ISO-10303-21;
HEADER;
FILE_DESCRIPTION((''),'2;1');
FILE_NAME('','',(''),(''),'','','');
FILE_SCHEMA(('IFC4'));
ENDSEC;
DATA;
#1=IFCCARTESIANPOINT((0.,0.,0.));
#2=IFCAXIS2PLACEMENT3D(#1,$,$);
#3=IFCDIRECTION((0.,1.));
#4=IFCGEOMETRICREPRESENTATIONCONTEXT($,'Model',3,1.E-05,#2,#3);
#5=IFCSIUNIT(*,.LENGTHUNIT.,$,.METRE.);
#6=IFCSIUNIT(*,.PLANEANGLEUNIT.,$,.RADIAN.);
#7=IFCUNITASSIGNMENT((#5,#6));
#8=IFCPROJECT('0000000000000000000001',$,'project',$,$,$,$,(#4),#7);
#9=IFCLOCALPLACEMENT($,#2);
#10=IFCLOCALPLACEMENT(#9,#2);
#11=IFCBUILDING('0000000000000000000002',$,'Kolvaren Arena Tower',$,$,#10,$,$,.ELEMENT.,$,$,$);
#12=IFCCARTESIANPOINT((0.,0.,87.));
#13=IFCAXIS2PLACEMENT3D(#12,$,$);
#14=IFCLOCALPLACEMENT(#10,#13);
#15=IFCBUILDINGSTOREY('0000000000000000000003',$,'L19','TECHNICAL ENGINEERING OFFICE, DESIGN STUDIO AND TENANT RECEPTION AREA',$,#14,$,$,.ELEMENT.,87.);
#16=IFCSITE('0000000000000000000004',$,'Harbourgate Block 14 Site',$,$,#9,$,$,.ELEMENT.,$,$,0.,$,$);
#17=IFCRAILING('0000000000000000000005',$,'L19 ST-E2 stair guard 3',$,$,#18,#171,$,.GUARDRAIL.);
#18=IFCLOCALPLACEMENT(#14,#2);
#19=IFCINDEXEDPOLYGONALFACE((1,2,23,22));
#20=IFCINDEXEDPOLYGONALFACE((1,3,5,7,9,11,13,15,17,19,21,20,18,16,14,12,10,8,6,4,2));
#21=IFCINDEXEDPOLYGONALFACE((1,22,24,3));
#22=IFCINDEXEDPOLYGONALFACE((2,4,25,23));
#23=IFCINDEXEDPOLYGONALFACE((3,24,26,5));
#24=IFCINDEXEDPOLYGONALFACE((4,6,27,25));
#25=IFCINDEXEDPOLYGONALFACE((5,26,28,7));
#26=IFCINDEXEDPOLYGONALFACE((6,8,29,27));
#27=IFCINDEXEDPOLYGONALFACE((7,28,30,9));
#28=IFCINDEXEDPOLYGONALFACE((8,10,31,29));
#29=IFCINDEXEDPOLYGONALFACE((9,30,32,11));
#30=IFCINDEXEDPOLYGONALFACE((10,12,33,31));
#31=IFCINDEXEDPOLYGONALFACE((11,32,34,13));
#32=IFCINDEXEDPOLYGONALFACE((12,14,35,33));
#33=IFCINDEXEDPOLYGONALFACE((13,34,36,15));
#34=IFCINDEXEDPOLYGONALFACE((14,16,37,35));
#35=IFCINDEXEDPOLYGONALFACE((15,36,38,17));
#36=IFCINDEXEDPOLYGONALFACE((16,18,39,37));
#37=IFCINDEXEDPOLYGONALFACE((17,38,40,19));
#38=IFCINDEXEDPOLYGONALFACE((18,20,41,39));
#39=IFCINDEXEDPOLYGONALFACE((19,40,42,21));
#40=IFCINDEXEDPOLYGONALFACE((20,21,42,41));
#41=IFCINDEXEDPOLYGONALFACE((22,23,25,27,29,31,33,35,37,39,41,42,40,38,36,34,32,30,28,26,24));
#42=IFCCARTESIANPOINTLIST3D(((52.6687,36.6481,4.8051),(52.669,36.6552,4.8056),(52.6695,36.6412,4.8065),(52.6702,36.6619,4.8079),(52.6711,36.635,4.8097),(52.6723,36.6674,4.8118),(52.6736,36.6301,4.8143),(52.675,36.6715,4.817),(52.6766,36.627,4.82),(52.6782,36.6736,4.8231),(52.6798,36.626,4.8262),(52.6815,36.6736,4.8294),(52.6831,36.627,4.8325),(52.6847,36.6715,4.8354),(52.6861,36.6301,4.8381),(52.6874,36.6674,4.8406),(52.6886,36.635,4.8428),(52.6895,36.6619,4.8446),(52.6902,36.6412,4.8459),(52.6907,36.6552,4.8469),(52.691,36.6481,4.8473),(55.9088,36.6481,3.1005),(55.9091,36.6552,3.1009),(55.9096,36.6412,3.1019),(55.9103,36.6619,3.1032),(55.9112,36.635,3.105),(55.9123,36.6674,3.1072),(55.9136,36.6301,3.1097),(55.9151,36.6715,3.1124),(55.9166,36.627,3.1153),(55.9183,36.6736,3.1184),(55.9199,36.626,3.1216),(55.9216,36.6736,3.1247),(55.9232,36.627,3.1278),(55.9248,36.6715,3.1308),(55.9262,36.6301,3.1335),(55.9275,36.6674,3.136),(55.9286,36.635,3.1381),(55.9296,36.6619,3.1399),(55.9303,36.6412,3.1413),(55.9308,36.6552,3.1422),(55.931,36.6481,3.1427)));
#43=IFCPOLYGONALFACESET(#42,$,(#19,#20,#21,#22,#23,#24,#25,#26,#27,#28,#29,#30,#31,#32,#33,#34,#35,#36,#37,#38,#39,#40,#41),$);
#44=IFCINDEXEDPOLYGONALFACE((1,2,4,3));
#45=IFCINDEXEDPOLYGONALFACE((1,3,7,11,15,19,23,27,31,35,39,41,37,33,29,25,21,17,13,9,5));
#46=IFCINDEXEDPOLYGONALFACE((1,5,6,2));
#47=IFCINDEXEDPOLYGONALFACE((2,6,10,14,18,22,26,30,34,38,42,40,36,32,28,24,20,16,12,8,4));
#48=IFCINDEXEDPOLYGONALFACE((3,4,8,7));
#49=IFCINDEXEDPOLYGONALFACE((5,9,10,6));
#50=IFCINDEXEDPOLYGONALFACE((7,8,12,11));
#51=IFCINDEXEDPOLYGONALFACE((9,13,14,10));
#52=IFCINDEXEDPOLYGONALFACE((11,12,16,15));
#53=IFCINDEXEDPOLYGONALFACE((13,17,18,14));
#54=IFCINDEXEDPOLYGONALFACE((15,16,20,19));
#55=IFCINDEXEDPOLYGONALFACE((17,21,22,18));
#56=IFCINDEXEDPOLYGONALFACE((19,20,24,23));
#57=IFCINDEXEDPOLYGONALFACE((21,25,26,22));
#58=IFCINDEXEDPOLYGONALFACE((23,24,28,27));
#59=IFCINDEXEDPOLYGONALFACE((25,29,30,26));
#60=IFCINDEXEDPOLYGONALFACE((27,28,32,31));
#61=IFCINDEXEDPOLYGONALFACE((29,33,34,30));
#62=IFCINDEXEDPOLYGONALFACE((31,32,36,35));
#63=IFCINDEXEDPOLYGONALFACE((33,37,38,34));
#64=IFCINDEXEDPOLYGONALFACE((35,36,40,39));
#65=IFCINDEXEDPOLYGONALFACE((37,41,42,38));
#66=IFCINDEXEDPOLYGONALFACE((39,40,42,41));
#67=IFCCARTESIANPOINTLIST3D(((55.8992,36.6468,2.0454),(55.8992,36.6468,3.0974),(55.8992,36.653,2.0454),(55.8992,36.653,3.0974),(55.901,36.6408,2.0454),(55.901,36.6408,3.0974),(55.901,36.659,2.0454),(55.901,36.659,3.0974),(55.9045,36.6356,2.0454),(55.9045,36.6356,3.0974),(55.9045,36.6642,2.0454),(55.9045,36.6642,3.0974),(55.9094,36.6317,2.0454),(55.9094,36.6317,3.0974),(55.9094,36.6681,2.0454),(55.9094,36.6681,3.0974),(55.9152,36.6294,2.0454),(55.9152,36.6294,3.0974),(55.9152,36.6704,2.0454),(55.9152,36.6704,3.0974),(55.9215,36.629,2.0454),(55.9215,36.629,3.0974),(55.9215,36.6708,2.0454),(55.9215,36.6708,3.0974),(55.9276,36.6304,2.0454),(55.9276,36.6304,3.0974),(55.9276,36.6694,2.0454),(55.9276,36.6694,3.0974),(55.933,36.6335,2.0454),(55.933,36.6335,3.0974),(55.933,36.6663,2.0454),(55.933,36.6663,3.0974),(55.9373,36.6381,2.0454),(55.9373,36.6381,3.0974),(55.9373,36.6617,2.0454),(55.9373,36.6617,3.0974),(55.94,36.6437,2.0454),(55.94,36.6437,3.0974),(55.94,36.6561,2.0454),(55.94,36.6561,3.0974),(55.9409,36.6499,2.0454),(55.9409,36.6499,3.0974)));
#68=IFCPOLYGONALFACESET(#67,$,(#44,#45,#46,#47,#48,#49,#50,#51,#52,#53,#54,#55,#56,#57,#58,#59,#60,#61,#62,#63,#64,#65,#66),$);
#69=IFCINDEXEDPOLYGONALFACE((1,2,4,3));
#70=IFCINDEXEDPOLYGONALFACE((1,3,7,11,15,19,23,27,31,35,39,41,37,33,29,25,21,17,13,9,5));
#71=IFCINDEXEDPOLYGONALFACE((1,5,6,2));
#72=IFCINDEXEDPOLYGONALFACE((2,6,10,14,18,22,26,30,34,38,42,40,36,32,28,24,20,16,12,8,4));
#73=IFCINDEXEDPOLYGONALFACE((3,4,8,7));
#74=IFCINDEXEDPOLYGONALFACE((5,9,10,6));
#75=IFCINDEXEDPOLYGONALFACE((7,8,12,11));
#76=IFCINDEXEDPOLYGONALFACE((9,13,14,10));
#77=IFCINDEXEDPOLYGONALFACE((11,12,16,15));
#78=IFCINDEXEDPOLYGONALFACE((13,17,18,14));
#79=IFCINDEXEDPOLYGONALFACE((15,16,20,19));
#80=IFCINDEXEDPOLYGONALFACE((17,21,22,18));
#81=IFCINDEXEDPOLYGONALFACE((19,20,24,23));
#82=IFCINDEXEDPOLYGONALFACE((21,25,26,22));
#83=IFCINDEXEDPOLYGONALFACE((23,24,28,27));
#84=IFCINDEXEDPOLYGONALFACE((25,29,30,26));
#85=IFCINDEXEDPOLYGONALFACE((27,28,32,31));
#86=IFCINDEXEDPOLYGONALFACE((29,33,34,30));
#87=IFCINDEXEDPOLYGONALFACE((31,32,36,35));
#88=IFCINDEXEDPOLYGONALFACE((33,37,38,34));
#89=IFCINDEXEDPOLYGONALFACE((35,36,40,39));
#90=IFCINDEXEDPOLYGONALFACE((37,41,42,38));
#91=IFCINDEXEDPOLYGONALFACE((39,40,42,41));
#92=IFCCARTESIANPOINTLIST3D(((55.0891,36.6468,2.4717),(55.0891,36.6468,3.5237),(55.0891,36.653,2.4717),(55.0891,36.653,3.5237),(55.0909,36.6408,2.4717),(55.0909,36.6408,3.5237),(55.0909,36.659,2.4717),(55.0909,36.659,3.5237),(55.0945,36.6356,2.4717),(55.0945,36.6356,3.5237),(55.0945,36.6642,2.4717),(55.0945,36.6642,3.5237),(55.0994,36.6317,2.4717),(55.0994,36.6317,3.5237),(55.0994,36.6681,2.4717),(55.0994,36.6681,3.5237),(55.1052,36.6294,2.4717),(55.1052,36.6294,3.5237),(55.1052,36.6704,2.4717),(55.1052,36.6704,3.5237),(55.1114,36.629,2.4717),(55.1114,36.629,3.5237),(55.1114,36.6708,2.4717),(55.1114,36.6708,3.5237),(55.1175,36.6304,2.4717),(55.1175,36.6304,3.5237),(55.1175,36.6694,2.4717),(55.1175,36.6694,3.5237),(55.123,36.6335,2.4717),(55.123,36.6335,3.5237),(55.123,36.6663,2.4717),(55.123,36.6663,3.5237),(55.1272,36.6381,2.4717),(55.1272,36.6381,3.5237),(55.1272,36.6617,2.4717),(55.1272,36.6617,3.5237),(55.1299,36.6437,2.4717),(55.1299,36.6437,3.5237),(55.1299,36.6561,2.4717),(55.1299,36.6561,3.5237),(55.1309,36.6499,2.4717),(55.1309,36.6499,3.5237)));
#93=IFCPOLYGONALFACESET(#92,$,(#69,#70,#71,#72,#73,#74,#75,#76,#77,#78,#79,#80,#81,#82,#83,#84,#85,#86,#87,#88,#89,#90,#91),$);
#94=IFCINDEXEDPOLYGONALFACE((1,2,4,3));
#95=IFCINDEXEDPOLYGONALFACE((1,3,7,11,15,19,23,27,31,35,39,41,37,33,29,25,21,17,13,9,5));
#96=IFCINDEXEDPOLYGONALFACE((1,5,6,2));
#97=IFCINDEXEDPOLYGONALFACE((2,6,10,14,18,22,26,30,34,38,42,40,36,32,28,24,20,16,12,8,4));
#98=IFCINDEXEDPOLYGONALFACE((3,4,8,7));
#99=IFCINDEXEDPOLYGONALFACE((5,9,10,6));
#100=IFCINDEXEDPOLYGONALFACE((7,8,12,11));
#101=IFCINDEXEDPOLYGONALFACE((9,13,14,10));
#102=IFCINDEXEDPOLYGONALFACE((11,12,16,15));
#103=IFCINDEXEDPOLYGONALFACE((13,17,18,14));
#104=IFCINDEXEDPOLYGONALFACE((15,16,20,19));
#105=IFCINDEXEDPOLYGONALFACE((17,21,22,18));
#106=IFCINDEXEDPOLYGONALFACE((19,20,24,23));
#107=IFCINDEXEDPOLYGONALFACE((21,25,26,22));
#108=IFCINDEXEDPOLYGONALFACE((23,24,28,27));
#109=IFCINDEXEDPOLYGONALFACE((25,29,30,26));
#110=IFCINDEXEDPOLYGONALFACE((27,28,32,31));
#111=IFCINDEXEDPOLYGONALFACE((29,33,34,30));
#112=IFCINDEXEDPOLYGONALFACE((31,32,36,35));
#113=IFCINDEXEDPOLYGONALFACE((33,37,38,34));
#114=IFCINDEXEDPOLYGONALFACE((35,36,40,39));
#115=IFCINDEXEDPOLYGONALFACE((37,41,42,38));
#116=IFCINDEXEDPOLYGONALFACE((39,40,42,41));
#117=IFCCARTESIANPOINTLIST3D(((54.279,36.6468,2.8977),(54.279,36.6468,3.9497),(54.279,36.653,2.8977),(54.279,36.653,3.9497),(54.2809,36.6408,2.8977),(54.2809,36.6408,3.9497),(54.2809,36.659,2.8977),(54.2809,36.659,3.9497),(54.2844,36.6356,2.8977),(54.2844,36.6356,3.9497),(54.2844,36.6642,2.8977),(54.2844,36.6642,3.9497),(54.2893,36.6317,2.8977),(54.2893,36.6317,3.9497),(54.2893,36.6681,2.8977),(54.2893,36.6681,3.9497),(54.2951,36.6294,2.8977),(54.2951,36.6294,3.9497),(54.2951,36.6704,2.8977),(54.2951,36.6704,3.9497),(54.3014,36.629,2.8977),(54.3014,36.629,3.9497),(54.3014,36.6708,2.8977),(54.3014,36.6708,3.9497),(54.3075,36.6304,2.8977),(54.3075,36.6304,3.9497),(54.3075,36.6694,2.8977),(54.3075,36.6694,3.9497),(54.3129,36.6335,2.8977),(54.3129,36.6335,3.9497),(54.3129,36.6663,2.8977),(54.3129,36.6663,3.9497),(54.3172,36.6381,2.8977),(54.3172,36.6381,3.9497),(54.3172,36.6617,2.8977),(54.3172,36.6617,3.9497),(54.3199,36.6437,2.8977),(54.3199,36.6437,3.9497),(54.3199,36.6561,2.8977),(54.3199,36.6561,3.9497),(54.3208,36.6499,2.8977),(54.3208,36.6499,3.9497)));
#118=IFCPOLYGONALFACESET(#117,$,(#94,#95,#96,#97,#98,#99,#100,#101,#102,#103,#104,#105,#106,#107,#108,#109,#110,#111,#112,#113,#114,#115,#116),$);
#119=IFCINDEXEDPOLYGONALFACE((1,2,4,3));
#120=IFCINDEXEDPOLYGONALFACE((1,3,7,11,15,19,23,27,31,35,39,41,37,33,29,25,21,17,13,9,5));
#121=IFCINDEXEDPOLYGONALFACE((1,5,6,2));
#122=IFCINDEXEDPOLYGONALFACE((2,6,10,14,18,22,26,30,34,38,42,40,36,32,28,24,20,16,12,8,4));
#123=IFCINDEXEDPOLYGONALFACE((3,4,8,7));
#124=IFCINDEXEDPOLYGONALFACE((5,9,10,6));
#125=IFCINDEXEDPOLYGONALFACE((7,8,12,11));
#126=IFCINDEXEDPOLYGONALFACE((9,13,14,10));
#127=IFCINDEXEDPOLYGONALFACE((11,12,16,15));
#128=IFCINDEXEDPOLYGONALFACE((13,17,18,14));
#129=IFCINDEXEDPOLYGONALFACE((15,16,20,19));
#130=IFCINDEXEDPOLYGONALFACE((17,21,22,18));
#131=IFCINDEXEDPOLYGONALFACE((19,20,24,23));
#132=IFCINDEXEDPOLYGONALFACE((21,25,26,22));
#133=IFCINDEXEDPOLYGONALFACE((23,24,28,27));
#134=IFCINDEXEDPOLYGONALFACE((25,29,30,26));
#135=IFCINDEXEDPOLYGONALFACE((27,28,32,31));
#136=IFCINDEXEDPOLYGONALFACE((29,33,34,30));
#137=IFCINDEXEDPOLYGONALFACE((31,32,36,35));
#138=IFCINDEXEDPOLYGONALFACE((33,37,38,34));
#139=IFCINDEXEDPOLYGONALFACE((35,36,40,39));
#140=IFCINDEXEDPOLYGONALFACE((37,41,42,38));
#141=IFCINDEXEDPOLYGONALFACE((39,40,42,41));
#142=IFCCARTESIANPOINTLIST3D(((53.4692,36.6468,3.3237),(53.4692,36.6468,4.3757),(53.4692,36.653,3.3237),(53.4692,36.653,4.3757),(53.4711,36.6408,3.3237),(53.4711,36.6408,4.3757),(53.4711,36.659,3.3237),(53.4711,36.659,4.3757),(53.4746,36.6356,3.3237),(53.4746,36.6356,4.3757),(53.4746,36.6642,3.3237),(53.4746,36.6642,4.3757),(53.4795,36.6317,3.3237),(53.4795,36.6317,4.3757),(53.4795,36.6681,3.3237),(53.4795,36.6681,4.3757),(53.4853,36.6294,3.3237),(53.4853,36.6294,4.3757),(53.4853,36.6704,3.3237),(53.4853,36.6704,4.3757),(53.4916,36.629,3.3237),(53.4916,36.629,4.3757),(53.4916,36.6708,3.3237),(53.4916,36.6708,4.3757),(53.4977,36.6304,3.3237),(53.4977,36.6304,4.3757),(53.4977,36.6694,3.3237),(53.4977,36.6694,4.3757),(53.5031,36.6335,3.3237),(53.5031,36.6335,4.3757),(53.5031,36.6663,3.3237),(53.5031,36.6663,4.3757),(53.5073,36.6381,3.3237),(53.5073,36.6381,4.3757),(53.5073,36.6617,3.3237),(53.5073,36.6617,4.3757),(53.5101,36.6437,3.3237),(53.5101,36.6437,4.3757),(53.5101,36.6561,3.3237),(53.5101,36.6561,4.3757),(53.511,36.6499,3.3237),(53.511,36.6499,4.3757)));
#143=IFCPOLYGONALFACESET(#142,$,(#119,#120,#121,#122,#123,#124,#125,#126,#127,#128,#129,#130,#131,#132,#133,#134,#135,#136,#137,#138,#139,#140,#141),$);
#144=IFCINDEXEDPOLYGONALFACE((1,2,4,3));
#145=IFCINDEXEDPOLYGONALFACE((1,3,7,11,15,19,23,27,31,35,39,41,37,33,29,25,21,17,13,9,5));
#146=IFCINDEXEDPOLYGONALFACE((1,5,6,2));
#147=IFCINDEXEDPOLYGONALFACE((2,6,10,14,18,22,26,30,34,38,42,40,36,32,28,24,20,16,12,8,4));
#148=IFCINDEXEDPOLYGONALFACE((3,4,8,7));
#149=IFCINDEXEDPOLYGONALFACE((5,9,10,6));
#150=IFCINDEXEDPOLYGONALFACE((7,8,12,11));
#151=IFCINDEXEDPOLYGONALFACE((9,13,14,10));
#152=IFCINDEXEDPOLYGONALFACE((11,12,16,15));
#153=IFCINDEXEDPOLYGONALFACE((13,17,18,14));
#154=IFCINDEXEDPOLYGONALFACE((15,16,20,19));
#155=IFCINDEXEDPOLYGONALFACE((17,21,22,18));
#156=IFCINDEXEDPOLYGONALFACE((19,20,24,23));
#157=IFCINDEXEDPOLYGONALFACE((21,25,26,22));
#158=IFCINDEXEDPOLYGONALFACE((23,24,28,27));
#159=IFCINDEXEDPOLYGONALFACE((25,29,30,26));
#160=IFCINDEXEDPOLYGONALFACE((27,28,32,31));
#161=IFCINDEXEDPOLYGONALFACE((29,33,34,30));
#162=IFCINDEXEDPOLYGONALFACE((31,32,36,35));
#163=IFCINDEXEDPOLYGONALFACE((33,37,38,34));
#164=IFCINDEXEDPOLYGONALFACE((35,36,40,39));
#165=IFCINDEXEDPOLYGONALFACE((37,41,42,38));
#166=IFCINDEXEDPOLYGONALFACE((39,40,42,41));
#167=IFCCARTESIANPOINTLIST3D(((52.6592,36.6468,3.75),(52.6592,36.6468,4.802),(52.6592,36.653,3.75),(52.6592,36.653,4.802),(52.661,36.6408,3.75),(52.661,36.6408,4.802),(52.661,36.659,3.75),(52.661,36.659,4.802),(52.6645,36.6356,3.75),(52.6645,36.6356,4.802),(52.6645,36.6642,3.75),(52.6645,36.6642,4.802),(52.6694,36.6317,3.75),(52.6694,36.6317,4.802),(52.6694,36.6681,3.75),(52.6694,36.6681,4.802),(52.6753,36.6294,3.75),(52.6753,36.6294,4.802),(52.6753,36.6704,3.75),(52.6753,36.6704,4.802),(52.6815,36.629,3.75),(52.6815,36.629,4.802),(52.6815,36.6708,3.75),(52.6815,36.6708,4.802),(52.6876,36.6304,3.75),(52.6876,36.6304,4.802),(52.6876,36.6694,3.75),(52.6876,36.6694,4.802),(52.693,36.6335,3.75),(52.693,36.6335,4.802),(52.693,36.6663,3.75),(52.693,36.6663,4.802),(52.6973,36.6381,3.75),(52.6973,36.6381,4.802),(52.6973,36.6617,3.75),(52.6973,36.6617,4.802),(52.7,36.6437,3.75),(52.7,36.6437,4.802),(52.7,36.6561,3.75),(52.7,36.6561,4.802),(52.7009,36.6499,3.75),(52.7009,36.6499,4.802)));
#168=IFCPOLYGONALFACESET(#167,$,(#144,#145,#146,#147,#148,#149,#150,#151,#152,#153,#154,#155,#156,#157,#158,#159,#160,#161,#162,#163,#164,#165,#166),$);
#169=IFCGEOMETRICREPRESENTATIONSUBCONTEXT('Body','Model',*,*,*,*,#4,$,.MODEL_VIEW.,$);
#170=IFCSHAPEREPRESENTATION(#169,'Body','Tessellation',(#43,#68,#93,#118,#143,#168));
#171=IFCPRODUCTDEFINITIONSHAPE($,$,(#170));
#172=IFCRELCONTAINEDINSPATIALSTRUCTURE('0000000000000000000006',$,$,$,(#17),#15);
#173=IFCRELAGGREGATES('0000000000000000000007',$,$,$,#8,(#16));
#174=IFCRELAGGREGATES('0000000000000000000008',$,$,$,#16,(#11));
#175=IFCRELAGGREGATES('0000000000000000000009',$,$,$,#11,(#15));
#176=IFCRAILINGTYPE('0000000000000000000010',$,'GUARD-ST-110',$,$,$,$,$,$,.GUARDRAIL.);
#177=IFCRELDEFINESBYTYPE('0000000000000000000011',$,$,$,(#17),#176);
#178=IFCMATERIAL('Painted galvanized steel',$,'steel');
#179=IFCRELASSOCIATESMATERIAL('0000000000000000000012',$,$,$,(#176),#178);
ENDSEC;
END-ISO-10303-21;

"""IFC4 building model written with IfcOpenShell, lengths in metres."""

from ifc_helpers import new_model, si_unit, direction, frame, origin, origin_2d, place, context, subcontext, project, spatial, circle, extrude, material, type_object, element, save


model = new_model("IFC4")

# Units and contexts
model_context = context("Model", 3, precision=1e-05, world=origin(), true_north=direction((0.0, 1.0)))
body_context = subcontext(model_context, "Body", "Model", "MODEL_VIEW")
ifc_project = project(units=[si_unit("LENGTHUNIT", "METRE"), si_unit("PLANEANGLEUNIT", "RADIAN")], contexts=[model_context])

# Site, building, storey
site_placement = place(None, origin())
site = spatial("IfcSite", under=ifc_project, at=site_placement, Name="Harbourgate Block 14 Site", CompositionType="ELEMENT", RefElevation=0.0)
building_placement = place(site_placement, origin())
building = spatial("IfcBuilding", under=site, at=building_placement, Name="Kolvaren Arena Tower", CompositionType="ELEMENT")
storey_placement = place(building_placement, frame((0.0, 0.0, 87.0)))
storey = spatial("IfcBuildingStorey", under=building, at=storey_placement, Name="L19", Description="TECHNICAL ENGINEERING OFFICE, DESIGN STUDIO AND TENANT RECEPTION AREA", CompositionType="ELEMENT", Elevation=87.0)

# Railing
ifc_material_1 = material(Name="Painted galvanized steel", Category="steel")
railing_type_1 = type_object("IfcRailingType", Name="GUARD-ST-110", PredefinedType="GUARDRAIL", material=ifc_material_1)
railing_1_placement = place(storey_placement, frame((55.9199, 36.6499, 2.0454)))
element("IfcRailing", 1, at=railing_1_placement, inside=storey, type_object=railing_type_1, Name="L19 ST-E2 stair guard 3", PredefinedType="GUARDRAIL", context=body_context, shape_type="SweptSolid", body=[
    extrude(circle(Radius=0.0239, at=origin_2d()), frame((0.0, 0.0, 1.0762), z_axis=(-0.884993, 0.0, 0.465604), x_axis=(0.0, -1.0, 0.0)), (0.0, 0.0, 1.0), 3.6611),
    extrude(circle(Radius=0.021, at=origin_2d()), origin(), (0.0, 0.0, 1.0), 1.052),
    extrude(circle(Radius=0.021, at=origin_2d()), frame((-0.8101, 0.0, 0.4263)), (0.0, 0.0, 1.0), 1.052),
    extrude(circle(Radius=0.021, at=origin_2d()), frame((-1.6201, 0.0, 0.8523)), (0.0, 0.0, 1.0), 1.052),
    extrude(circle(Radius=0.021, at=origin_2d()), frame((-2.4299, 0.0, 1.2783)), (0.0, 0.0, 1.0), 1.052),
    extrude(circle(Radius=0.021, at=origin_2d()), frame((-3.24, 0.0, 1.7046)), (0.0, 0.0, 1.0), 1.052),
])

save(model, "model.ifc")
